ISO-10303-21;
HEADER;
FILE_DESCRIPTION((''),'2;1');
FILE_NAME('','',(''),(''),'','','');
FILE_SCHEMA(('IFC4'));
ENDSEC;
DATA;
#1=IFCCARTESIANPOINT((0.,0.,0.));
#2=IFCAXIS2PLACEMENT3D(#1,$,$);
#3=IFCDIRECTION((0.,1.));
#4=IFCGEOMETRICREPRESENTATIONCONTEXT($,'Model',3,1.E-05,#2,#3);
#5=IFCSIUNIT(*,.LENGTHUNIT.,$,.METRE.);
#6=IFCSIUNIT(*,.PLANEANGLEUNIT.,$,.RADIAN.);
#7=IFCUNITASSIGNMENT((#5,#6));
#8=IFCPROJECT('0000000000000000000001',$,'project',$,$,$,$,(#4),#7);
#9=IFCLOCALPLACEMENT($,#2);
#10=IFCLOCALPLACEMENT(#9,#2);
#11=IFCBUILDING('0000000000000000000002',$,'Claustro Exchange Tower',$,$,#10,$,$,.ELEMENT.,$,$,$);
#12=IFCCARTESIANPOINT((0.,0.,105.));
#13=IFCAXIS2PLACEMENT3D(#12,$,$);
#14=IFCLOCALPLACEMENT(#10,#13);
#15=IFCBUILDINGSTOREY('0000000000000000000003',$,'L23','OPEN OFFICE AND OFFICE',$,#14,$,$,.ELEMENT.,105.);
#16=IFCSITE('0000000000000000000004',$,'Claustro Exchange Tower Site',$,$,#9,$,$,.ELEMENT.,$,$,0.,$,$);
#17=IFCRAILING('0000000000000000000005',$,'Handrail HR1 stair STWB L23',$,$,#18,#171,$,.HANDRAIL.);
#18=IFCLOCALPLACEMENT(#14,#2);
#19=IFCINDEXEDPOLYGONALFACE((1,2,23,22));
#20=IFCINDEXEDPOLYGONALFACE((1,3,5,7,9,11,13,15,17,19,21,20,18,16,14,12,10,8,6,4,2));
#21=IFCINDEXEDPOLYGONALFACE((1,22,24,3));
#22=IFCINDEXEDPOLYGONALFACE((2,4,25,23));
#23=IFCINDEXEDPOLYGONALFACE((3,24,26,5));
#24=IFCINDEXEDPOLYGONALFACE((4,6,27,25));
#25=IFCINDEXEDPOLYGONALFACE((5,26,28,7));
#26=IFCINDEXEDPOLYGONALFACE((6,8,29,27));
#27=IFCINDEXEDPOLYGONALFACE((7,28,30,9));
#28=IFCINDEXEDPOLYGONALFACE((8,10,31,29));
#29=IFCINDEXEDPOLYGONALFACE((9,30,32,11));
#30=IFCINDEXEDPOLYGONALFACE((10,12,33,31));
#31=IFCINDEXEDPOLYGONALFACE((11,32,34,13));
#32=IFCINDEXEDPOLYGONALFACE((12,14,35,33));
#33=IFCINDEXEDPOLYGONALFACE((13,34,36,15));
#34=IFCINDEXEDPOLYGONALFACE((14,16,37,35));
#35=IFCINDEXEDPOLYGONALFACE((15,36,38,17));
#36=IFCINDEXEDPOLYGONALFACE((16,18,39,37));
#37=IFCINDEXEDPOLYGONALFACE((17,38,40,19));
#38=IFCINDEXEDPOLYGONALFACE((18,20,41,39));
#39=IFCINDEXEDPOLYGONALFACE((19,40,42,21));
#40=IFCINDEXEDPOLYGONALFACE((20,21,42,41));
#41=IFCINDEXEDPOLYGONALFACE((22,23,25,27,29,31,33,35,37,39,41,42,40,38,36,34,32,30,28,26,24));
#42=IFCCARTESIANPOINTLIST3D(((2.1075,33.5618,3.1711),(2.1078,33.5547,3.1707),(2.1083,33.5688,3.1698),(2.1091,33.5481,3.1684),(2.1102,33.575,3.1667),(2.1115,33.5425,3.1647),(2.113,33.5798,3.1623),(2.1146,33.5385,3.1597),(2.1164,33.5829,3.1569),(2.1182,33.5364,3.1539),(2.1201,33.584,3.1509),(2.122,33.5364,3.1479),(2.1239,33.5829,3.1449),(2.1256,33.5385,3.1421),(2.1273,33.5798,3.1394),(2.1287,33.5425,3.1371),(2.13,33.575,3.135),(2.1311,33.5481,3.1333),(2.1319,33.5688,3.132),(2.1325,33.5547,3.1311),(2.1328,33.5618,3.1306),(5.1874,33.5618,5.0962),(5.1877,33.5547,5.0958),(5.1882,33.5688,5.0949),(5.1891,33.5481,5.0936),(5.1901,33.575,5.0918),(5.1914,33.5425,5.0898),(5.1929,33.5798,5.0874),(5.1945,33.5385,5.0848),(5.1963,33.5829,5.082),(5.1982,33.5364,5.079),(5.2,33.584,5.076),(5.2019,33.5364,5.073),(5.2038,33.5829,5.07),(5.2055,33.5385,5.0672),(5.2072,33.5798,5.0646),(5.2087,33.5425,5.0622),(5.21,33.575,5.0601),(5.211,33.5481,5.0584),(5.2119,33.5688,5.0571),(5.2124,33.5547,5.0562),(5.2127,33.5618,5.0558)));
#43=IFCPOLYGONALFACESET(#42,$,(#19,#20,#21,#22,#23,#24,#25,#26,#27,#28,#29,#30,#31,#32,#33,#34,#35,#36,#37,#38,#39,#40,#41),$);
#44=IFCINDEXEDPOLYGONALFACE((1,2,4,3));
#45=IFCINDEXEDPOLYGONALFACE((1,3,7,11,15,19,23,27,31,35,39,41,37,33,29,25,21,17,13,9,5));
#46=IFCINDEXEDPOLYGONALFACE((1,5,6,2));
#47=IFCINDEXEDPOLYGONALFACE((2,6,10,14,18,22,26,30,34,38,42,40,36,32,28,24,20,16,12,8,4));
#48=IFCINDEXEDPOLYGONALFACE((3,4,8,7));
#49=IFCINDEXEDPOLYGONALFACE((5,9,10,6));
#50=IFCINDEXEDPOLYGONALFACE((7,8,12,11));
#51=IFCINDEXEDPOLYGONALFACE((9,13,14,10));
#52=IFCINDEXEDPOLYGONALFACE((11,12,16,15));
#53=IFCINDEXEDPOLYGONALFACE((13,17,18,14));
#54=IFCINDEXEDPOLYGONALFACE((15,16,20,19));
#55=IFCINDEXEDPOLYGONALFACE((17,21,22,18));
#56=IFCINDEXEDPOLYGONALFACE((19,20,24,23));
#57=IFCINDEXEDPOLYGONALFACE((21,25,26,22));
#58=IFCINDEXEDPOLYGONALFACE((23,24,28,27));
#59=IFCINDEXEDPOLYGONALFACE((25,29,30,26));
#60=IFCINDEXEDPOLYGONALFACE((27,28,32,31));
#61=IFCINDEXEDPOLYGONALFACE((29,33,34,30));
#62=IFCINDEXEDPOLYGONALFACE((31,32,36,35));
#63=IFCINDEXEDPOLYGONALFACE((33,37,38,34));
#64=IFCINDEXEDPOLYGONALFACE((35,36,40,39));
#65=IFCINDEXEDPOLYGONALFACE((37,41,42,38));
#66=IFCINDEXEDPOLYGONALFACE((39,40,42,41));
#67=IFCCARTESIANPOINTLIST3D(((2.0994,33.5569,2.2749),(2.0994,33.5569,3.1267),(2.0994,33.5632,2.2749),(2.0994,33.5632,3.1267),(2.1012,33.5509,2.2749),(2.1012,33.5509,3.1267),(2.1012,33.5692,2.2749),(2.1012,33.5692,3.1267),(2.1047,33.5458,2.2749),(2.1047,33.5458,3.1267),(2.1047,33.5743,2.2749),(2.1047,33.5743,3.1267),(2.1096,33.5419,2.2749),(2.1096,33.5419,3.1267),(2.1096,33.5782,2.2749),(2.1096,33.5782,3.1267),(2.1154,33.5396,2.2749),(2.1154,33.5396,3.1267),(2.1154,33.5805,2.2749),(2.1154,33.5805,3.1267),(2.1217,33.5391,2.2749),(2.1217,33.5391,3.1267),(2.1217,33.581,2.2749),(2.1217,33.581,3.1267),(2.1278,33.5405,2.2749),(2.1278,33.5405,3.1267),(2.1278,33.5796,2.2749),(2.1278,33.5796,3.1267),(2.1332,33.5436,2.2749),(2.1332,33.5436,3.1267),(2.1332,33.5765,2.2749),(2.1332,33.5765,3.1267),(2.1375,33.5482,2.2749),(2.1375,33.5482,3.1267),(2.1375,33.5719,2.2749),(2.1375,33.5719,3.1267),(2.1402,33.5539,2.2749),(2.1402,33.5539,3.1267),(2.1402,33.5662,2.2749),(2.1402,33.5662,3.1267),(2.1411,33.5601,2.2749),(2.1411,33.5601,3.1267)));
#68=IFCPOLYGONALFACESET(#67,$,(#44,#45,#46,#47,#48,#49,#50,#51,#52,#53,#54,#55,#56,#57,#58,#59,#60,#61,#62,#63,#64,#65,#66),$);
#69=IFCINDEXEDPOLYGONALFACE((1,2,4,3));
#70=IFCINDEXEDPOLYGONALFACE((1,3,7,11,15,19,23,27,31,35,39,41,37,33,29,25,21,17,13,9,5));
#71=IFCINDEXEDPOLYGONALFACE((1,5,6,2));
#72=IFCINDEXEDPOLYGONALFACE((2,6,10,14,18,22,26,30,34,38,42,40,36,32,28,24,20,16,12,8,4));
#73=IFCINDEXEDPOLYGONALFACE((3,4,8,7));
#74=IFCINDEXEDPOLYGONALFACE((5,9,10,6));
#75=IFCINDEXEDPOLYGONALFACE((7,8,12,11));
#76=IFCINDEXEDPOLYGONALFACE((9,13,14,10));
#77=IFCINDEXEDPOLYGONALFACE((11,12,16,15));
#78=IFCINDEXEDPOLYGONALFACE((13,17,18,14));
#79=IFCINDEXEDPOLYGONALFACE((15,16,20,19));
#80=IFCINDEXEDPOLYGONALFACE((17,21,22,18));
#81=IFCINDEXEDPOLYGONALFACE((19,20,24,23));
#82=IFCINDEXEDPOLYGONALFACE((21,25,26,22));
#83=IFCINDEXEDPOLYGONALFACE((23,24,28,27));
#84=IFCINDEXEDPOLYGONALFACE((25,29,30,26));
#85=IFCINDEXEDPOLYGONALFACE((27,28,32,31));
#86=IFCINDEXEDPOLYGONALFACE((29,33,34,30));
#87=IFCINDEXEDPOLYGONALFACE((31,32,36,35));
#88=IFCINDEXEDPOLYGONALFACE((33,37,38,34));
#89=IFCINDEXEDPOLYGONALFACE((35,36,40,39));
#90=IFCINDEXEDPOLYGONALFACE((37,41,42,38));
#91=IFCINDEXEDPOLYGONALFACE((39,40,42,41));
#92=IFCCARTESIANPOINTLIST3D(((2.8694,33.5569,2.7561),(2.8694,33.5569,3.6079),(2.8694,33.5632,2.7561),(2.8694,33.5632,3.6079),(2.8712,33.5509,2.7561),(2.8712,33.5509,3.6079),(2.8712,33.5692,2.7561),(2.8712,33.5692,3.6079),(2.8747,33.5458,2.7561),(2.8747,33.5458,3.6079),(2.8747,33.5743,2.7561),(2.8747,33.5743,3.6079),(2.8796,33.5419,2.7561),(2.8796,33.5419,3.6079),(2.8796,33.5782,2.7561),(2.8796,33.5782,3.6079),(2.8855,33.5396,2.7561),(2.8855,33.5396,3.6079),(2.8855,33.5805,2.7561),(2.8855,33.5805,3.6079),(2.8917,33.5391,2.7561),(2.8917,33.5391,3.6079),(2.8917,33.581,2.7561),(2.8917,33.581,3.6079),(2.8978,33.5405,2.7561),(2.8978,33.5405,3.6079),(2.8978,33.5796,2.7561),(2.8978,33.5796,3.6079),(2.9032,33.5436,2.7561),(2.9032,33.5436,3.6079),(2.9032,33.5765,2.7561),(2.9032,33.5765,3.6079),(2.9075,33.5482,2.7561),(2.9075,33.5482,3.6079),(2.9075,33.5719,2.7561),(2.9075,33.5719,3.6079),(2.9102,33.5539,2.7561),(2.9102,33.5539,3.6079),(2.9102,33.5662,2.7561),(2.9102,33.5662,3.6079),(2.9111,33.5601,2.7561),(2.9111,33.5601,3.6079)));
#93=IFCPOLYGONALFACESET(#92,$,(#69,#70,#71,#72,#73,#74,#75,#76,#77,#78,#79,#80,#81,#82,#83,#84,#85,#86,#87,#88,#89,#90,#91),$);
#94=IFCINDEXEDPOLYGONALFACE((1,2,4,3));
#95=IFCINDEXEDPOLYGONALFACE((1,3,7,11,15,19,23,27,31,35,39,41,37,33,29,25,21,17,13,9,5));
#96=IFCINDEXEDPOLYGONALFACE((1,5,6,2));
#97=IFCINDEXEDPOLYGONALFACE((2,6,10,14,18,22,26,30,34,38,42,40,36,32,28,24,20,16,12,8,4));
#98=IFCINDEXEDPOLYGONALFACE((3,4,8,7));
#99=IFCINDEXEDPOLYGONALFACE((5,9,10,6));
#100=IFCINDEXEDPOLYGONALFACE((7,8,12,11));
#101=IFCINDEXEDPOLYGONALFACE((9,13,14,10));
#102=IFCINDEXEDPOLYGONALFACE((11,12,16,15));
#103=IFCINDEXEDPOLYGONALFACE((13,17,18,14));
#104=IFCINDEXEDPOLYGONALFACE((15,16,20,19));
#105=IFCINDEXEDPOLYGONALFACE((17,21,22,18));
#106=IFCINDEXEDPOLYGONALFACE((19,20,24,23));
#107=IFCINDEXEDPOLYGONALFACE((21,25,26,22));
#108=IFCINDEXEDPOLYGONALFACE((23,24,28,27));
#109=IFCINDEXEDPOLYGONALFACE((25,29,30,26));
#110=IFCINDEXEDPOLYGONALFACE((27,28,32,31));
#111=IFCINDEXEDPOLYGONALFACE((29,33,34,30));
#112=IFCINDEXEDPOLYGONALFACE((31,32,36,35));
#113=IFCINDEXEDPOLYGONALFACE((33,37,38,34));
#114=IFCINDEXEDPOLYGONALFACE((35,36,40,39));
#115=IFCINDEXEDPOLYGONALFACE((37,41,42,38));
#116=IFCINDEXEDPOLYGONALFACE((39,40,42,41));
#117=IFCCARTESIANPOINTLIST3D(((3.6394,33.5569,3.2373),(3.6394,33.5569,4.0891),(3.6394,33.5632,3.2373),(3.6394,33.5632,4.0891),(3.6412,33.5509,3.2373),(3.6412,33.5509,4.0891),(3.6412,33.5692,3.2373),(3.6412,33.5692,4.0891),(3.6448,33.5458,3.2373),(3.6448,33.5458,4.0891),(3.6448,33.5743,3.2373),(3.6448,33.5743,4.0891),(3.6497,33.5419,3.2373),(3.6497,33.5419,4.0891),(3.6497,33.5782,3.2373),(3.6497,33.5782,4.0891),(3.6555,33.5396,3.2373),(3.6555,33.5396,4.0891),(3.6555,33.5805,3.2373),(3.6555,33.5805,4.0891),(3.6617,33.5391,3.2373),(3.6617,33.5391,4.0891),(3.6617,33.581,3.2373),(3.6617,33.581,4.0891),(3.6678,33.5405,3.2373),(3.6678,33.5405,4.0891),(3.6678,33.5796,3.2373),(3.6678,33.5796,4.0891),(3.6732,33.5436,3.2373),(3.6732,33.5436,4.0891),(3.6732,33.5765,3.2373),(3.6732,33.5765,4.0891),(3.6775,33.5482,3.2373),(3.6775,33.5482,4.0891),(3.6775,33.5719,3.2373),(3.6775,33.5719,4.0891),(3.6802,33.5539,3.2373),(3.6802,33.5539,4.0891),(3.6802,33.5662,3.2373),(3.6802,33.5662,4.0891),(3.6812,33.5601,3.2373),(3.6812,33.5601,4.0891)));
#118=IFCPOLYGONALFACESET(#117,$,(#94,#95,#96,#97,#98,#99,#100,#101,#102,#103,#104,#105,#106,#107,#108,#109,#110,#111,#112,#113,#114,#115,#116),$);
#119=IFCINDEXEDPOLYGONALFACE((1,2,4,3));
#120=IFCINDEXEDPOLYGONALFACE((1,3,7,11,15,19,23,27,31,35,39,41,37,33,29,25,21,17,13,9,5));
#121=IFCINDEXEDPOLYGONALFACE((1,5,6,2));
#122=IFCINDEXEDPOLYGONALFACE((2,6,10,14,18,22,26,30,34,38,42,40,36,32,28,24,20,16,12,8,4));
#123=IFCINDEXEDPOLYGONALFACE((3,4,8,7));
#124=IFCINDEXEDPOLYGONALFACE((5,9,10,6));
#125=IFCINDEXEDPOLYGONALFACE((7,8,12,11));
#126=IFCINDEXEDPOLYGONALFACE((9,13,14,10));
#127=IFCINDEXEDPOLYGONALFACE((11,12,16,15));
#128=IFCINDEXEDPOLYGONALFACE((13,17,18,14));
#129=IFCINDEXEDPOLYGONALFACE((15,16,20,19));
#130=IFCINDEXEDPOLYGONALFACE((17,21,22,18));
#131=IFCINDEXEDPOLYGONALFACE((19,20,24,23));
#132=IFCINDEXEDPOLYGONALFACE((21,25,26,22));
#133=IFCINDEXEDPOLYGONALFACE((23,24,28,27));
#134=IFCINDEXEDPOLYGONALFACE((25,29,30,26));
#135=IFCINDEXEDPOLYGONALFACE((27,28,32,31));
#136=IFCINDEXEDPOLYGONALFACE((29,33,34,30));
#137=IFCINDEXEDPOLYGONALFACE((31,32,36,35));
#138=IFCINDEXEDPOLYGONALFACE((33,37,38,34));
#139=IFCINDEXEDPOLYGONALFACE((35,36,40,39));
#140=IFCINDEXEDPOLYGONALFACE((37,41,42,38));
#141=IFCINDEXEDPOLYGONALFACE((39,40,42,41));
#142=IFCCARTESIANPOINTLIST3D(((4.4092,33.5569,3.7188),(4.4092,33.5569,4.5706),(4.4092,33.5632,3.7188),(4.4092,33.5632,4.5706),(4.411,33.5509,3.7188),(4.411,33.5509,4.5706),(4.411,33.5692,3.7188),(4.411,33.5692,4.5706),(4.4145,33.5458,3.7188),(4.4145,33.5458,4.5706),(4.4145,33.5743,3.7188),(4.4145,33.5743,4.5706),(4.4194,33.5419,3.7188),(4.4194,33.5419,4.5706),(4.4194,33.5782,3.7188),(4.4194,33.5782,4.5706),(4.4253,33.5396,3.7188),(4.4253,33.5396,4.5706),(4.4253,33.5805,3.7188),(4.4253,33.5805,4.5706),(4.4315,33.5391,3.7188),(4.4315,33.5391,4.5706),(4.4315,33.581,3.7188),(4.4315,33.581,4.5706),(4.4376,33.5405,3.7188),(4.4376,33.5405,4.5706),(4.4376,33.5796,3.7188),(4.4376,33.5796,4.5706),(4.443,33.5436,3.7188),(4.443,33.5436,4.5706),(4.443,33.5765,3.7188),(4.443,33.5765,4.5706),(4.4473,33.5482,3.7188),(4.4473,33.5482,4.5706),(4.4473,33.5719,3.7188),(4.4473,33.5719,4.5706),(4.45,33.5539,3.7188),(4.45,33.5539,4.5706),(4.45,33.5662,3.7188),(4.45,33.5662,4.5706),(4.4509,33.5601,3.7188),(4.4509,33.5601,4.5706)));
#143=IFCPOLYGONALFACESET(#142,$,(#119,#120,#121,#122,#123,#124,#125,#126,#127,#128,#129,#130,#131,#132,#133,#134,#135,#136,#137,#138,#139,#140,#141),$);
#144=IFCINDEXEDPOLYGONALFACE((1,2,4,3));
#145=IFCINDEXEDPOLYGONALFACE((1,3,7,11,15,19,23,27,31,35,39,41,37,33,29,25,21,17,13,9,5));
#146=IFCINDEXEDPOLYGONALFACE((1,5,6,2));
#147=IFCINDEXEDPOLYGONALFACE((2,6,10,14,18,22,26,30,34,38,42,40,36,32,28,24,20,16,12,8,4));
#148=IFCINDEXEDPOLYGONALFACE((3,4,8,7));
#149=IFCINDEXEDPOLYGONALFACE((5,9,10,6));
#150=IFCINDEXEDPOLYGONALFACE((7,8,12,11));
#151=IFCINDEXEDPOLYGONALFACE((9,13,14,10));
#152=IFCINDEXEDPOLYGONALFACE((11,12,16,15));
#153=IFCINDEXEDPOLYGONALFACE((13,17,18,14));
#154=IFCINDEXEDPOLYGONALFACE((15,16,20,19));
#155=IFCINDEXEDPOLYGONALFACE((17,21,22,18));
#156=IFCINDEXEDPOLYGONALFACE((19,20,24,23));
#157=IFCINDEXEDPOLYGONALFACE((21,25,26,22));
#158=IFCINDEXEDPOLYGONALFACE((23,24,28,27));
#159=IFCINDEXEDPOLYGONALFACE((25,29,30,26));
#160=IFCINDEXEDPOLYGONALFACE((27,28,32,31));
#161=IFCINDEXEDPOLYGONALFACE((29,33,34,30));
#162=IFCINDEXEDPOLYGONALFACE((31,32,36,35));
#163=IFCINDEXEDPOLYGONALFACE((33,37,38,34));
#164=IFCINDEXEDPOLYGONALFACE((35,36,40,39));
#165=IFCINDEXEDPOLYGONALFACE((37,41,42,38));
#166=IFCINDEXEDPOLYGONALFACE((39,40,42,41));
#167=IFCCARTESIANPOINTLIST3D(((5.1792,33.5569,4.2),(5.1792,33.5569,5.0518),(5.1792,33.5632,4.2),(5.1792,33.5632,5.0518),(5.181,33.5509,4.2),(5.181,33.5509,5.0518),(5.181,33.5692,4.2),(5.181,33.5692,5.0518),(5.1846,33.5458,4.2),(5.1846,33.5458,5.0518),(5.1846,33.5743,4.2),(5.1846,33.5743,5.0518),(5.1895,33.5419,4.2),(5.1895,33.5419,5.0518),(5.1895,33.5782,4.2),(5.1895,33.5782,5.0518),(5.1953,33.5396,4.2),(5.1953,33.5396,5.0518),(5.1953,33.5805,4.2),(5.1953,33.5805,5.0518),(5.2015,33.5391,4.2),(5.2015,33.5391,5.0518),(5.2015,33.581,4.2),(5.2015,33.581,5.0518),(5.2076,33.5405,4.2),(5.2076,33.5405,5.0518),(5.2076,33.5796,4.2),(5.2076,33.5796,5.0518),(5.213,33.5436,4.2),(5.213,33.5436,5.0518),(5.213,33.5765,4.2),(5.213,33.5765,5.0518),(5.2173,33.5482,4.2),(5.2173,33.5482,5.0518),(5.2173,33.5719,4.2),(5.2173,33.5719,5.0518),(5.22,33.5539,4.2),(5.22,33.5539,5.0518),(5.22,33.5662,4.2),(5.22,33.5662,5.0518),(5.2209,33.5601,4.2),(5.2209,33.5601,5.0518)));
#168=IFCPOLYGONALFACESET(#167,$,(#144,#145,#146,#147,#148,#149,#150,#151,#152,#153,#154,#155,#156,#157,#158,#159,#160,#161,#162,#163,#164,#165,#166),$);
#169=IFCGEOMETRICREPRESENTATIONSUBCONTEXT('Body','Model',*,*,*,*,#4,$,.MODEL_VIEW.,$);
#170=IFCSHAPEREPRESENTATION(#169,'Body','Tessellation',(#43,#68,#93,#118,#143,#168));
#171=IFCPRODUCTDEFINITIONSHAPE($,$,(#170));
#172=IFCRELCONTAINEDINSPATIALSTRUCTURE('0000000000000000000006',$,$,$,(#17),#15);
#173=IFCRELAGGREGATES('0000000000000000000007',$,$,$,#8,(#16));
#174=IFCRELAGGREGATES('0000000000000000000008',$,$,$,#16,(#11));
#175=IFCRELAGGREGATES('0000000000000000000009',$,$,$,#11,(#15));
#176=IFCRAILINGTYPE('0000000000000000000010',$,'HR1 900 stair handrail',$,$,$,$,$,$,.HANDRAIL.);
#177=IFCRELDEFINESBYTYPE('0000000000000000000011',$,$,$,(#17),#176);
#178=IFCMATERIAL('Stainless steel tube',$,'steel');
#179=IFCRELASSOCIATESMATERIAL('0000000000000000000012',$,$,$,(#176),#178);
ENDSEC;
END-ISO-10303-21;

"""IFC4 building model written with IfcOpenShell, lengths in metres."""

from ifc_helpers import new_model, si_unit, direction, frame, origin, origin_2d, place, context, subcontext, project, spatial, circle, extrude, material, type_object, element, save


model = new_model("IFC4")

# Units and contexts
model_context = context("Model", 3, precision=1e-05, world=origin(), true_north=direction((0.0, 1.0)))
body_context = subcontext(model_context, "Body", "Model", "MODEL_VIEW")
ifc_project = project(units=[si_unit("LENGTHUNIT", "METRE"), si_unit("PLANEANGLEUNIT", "RADIAN")], contexts=[model_context])

# Site, building, storey
site_placement = place(None, origin())
site = spatial("IfcSite", under=ifc_project, at=site_placement, Name="Claustro Exchange Tower Site", CompositionType="ELEMENT", RefElevation=0.0)
building_placement = place(site_placement, origin())
building = spatial("IfcBuilding", under=site, at=building_placement, Name="Claustro Exchange Tower", CompositionType="ELEMENT")
storey_placement = place(building_placement, frame((0.0, 0.0, 105.0)))
storey = spatial("IfcBuildingStorey", under=building, at=storey_placement, Name="L23", Description="OPEN OFFICE AND OFFICE", CompositionType="ELEMENT", Elevation=105.0)

# Railing
ifc_material_1 = material(Name="Stainless steel tube", Category="steel")
railing_type_1 = type_object("IfcRailingType", Name="HR1 900 stair handrail", PredefinedType="HANDRAIL", material=ifc_material_1)
railing_1_placement = place(storey_placement, frame((2.1201, 33.5601, 2.2749)))
element("IfcRailing", 1, at=railing_1_placement, inside=storey, type_object=railing_type_1, Name="Handrail HR1 stair STWB L23", PredefinedType="HANDRAIL", context=body_context, shape_type="SweptSolid", body=[
    extrude(circle(Radius=0.0239, at=origin_2d()), frame((0.0, 0.0, 0.876), z_axis=(0.847979, 0.0, 0.530029), x_axis=(0.0, 1.0, 0.0)), (0.0, 0.0, 1.0), 3.6321),
    extrude(circle(Radius=0.021, at=origin_2d()), origin(), (0.0, 0.0, 1.0), 0.8518),
    extrude(circle(Radius=0.021, at=origin_2d()), frame((0.77, 0.0, 0.4812)), (0.0, 0.0, 1.0), 0.8518),
    extrude(circle(Radius=0.021, at=origin_2d()), frame((1.54, 0.0, 0.9624)), (0.0, 0.0, 1.0), 0.8518),
    extrude(circle(Radius=0.021, at=origin_2d()), frame((2.3098, 0.0, 1.4438)), (0.0, 0.0, 1.0), 0.8518),
    extrude(circle(Radius=0.021, at=origin_2d()), frame((3.0798, 0.0, 1.925)), (0.0, 0.0, 1.0), 0.8518),
])

save(model, "model.ifc")
